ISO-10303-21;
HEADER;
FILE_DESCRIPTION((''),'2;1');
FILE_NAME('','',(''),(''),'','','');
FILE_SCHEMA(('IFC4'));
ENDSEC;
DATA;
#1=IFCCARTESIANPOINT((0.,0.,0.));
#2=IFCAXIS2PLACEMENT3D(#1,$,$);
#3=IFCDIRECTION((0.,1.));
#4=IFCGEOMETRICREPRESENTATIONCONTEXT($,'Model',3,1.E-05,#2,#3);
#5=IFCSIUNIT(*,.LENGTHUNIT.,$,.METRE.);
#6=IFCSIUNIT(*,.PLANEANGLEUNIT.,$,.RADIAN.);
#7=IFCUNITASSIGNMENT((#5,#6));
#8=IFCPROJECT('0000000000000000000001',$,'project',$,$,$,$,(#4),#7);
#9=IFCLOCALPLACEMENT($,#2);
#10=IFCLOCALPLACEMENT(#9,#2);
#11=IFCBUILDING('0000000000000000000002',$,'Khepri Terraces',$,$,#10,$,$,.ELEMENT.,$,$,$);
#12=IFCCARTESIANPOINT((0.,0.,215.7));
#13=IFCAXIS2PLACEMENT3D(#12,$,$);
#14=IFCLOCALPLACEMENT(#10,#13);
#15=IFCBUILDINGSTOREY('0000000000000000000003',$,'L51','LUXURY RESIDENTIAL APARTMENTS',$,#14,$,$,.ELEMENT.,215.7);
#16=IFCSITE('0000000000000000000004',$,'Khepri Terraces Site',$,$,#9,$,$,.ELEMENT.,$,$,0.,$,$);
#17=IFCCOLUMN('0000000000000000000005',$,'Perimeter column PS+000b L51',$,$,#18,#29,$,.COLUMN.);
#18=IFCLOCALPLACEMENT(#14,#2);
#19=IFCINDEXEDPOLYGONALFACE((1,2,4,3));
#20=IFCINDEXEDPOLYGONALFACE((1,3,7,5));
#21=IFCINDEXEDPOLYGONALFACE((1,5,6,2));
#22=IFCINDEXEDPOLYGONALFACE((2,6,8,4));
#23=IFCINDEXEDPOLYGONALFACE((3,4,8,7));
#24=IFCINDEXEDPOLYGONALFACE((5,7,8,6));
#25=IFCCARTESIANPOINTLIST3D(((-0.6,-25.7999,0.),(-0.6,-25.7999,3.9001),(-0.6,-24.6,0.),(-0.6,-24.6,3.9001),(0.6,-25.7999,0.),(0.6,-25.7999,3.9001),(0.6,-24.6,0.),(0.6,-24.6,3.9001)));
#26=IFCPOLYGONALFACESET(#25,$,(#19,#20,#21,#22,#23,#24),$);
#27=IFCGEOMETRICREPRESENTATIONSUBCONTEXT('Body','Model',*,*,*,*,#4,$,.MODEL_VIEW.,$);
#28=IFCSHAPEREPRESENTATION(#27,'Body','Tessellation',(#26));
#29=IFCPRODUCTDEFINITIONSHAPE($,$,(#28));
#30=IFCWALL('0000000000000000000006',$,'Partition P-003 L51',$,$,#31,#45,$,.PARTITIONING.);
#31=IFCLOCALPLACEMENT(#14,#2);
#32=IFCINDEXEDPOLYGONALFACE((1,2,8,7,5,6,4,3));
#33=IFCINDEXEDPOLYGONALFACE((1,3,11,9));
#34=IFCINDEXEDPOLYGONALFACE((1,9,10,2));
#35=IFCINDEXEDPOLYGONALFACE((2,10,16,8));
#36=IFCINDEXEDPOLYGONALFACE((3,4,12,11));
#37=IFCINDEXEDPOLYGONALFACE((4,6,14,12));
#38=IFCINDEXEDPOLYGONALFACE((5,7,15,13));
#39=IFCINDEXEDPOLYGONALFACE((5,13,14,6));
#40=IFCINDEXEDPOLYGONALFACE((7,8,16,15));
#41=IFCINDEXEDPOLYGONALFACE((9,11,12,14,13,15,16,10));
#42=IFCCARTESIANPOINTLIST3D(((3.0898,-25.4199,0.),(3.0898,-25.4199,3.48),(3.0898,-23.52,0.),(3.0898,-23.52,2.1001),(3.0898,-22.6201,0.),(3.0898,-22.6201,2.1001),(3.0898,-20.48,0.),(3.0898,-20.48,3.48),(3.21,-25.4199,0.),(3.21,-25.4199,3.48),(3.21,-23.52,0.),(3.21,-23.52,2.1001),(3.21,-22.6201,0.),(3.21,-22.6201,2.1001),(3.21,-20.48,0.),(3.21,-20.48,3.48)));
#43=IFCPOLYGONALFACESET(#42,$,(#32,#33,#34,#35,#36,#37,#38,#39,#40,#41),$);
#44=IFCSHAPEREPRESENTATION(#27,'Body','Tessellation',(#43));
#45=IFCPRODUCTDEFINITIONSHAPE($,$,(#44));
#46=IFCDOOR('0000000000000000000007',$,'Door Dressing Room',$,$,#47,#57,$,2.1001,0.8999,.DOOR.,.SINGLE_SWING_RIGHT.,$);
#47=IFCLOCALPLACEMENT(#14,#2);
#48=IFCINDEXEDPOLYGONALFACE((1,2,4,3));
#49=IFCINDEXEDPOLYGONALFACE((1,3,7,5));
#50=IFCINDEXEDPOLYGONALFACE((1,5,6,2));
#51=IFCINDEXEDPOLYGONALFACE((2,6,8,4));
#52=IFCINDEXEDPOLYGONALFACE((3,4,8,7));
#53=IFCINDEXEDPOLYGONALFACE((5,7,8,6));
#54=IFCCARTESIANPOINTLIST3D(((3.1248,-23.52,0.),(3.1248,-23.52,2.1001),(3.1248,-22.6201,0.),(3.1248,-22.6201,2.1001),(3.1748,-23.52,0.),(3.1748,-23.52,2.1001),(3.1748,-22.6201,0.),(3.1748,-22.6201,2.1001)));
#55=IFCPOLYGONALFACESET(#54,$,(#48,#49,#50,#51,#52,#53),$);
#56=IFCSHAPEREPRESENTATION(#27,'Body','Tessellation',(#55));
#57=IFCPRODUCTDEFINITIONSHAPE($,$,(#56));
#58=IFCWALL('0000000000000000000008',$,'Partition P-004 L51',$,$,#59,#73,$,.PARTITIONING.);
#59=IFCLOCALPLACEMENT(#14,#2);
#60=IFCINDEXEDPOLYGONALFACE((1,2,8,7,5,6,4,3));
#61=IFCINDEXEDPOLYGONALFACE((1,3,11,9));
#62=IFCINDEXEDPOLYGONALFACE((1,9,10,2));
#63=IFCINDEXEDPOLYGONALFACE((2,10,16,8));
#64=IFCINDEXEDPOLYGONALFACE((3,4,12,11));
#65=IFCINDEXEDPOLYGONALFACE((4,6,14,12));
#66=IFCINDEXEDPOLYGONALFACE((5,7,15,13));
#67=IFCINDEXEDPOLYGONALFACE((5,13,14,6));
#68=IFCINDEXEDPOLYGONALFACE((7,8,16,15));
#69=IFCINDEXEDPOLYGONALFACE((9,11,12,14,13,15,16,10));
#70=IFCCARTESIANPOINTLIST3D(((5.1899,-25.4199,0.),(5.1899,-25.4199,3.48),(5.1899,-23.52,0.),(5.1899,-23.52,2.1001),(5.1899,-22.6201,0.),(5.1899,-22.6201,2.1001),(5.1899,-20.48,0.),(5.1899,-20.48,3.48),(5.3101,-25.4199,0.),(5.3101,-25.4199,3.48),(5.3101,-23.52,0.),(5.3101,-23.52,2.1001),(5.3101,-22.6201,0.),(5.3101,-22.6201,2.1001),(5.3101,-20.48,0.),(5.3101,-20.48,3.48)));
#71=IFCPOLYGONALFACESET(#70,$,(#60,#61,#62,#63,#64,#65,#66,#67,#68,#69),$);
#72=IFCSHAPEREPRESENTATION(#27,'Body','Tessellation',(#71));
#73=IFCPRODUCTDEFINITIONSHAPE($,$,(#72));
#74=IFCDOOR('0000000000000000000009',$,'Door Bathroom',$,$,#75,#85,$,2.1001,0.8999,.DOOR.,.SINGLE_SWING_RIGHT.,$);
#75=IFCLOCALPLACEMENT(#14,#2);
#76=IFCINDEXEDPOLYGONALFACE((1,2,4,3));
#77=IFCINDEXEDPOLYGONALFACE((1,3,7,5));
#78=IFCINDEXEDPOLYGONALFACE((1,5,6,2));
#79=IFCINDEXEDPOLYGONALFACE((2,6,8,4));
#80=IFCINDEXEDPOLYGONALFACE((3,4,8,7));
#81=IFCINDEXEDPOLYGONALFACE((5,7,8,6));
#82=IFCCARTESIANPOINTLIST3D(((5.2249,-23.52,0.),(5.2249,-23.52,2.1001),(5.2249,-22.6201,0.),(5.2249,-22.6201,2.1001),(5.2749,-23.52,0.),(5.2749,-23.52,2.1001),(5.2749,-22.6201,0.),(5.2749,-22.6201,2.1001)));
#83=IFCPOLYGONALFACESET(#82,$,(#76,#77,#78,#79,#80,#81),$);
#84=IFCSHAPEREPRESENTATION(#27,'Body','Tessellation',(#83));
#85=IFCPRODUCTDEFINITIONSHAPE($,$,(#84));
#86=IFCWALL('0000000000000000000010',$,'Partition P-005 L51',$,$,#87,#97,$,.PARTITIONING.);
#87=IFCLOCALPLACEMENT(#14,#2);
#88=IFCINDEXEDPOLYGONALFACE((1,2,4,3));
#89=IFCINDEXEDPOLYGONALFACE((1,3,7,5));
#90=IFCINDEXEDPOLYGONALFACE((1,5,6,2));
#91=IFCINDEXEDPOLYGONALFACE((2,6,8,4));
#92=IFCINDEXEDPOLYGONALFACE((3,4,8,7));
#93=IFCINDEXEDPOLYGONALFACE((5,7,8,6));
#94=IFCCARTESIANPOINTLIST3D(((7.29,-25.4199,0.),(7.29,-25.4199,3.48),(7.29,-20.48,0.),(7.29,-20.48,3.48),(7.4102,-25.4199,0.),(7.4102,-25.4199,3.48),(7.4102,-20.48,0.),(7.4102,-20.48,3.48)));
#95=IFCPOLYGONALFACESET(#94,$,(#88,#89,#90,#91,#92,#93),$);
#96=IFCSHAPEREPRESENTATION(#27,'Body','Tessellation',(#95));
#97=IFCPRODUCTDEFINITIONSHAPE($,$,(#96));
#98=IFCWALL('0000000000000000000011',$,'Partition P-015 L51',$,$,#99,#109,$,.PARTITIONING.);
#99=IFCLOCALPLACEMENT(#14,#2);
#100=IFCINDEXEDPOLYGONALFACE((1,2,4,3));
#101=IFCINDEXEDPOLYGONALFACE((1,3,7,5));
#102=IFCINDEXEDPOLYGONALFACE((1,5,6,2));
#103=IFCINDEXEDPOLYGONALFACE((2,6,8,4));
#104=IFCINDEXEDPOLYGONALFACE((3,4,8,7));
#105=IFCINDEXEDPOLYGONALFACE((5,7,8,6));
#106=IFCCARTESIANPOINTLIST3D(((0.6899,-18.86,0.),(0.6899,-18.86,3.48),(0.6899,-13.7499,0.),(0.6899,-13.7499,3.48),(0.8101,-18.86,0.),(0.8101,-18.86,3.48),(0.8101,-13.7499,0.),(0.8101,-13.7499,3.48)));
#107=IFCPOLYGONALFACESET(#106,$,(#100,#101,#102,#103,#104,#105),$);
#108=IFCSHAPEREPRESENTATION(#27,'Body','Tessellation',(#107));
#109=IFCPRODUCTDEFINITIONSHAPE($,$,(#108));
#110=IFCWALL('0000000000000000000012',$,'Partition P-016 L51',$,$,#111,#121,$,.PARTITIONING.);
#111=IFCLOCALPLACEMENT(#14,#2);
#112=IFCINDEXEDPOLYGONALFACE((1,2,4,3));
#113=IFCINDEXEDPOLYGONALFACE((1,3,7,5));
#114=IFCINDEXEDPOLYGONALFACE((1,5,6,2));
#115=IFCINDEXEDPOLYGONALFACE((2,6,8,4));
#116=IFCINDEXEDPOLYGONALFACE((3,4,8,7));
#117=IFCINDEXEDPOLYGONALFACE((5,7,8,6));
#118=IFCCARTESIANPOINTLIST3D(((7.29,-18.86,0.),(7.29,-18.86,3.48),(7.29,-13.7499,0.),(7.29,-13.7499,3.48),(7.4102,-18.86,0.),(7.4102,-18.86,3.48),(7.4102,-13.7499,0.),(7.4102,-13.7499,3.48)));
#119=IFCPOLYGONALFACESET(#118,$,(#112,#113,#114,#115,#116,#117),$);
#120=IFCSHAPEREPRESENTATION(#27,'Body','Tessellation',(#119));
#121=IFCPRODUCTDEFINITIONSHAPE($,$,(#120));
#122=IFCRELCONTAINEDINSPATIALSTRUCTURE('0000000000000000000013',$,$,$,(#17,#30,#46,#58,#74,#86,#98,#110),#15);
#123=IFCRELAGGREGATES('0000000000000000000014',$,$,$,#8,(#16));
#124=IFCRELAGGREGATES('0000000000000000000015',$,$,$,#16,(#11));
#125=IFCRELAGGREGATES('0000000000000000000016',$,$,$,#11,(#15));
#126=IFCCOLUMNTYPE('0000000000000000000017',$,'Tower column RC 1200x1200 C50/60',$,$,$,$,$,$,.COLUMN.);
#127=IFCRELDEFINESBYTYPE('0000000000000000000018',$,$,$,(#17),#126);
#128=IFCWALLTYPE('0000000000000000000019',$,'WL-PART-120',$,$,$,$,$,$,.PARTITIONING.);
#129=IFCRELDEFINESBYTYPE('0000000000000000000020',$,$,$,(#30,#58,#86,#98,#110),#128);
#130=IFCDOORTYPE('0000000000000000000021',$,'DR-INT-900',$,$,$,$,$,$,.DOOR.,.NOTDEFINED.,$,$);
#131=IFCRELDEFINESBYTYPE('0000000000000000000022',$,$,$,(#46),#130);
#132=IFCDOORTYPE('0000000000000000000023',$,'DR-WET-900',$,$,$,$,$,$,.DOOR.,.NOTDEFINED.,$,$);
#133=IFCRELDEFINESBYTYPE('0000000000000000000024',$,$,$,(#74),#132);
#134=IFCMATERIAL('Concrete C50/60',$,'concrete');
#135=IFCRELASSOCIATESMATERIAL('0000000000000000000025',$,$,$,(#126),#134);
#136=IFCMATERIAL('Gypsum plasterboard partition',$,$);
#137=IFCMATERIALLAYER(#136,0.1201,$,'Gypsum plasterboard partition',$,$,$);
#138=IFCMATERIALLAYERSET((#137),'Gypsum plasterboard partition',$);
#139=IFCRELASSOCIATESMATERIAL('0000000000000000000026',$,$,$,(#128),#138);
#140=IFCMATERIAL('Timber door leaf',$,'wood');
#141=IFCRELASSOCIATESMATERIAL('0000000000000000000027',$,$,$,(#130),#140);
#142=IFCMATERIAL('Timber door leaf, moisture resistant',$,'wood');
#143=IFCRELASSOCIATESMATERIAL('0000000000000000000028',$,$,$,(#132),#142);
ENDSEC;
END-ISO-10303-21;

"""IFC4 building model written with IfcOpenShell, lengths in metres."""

from ifc_helpers import new_model, si_unit, direction, frame, frame_2d, origin, origin_2d, place, context, subcontext, project, spatial, rectangle, extrude, material, layer, layer_set, material_profile, profile_set, type_object, element, fill, save


model = new_model("IFC4")

# Units and contexts
model_context = context("Model", 3, precision=1e-05, world=origin(), true_north=direction((0.0, 1.0)))
body_context = subcontext(model_context, "Body", "Model", "MODEL_VIEW")
ifc_project = project(units=[si_unit("LENGTHUNIT", "METRE"), si_unit("PLANEANGLEUNIT", "RADIAN")], contexts=[model_context])

# Site, building, storey
site_placement = place(None, origin())
site = spatial("IfcSite", under=ifc_project, at=site_placement, Name="Khepri Terraces Site", CompositionType="ELEMENT", RefElevation=0.0)
building_placement = place(site_placement, origin())
building = spatial("IfcBuilding", under=site, at=building_placement, Name="Khepri Terraces", CompositionType="ELEMENT")
storey_placement = place(building_placement, frame((0.0, 0.0, 215.7)))
storey = spatial("IfcBuildingStorey", under=building, at=storey_placement, Name="L51", Description="LUXURY RESIDENTIAL APARTMENTS", CompositionType="ELEMENT", Elevation=215.7)

# Column
ifc_material_1 = material(Name="Concrete C50/60", Category="concrete")
ifc_material_profile = material_profile(ifc_material_1, rectangle(XDim=1.2, YDim=1.2, at=origin_2d()), Name="Concrete C50/60", Category="concrete")
ifc_profile_set = profile_set([ifc_material_profile], Name="Concrete C50/60")
column_type = type_object("IfcColumnType", Name="Tower column RC 1200x1200 C50/60", PredefinedType="COLUMN", material=ifc_profile_set)
column_placement = place(storey_placement, frame((0.0, -25.2, 0.0), z_axis=(0.0, 0.0, 1.0), x_axis=(1.0, 0.0, 0.0)))
element("IfcColumn", 1, at=column_placement, inside=storey, type_object=column_type, Name="Perimeter column PS+000b L51", PredefinedType="COLUMN", context=body_context, shape_type="SweptSolid", body=[
    extrude(rectangle(XDim=1.2, YDim=1.2, at=origin_2d()), origin(), (0.0, 0.0, 1.0), 3.9001),
])

# Walls, openings, doors
ifc_material_2 = material(Name="Gypsum plasterboard partition")
ifc_layer_1 = layer(ifc_material_2, 0.1201, Name="Gypsum plasterboard partition")
ifc_layer_set_1 = layer_set([ifc_layer_1], Name="Gypsum plasterboard partition")
wall_type_1 = type_object("IfcWallType", Name="WL-PART-120", PredefinedType="PARTITIONING", material=ifc_layer_set_1)
wall_1_placement = place(storey_placement, frame((3.1499, -25.4199, 0.0), z_axis=(0.0, 0.0, 1.0), x_axis=(0.0, 1.0, 0.0)))
wall_1 = element("IfcWall", 2, at=wall_1_placement, inside=storey, type_object=wall_type_1, Name="Partition P-003 L51", PredefinedType="PARTITIONING", context=body_context, shape_type="SweptSolid", body=[
    extrude(rectangle(XDim=4.9399, YDim=0.1201, at=frame_2d((2.47, 0.0))), origin(), (0.0, 0.0, 1.0), 3.48),
])
opening_1_placement = place(wall_1_placement, frame((1.8999, 0.0, 0.0)))
opening_1 = element("IfcOpeningElement", 3, at=opening_1_placement, cuts=wall_1, PredefinedType="OPENING", context=body_context, shape_type="SweptSolid", body=[
    extrude(rectangle(XDim=0.8999, YDim=2.1001, at=frame_2d((0.45, 1.05))), frame((0.0, 0.0701, 0.0), z_axis=(0.0, -1.0, 0.0), x_axis=(1.0, 0.0, 0.0)), (0.0, 0.0, 1.0), 0.1401),
])
ifc_material_3 = material(Name="Timber door leaf", Category="wood")
door_type_1 = type_object("IfcDoorType", Name="DR-INT-900", OperationType="NOTDEFINED", PredefinedType="DOOR", material=ifc_material_3)
door_1_placement = place(opening_1_placement, frame((0.8999, 0.0, 0.0), z_axis=(0.0, 0.0, 1.0), x_axis=(-1.0, 0.0, 0.0)))
door_1 = element("IfcDoor", 4, at=door_1_placement, inside=storey, type_object=door_type_1, Name="Door Dressing Room", OperationType="SINGLE_SWING_RIGHT", OverallHeight=2.1001, OverallWidth=0.8999, PredefinedType="DOOR", context=body_context, shape_type="SweptSolid", body=[
    extrude(rectangle(XDim=0.8999, YDim=2.1001, at=frame_2d((0.45, 1.05))), frame((0.0, 0.0249, 0.0), z_axis=(0.0, -1.0, 0.0), x_axis=(1.0, 0.0, 0.0)), (0.0, 0.0, 1.0), 0.05),
])
fill(opening_1, door_1)
wall_2_placement = place(storey_placement, frame((5.25, -25.4199, 0.0), z_axis=(0.0, 0.0, 1.0), x_axis=(0.0, 1.0, 0.0)))
wall_2 = element("IfcWall", 5, at=wall_2_placement, inside=storey, type_object=wall_type_1, Name="Partition P-004 L51", PredefinedType="PARTITIONING", context=body_context, shape_type="SweptSolid", body=[
    extrude(rectangle(XDim=4.9399, YDim=0.1201, at=frame_2d((2.47, 0.0))), origin(), (0.0, 0.0, 1.0), 3.48),
])
opening_2_placement = place(wall_2_placement, frame((1.8999, 0.0, 0.0)))
opening_2 = element("IfcOpeningElement", 6, at=opening_2_placement, cuts=wall_2, PredefinedType="OPENING", context=body_context, shape_type="SweptSolid", body=[
    extrude(rectangle(XDim=0.8999, YDim=2.1001, at=frame_2d((0.45, 1.05))), frame((0.0, 0.0701, 0.0), z_axis=(0.0, -1.0, 0.0), x_axis=(1.0, 0.0, 0.0)), (0.0, 0.0, 1.0), 0.1401),
])
ifc_material_4 = material(Name="Timber door leaf, moisture resistant", Category="wood")
door_type_2 = type_object("IfcDoorType", Name="DR-WET-900", OperationType="NOTDEFINED", PredefinedType="DOOR", material=ifc_material_4)
door_2_placement = place(opening_2_placement, frame((0.8999, 0.0, 0.0), z_axis=(0.0, 0.0, 1.0), x_axis=(-1.0, 0.0, 0.0)))
door_2 = element("IfcDoor", 7, at=door_2_placement, inside=storey, type_object=door_type_2, Name="Door Bathroom", OperationType="SINGLE_SWING_RIGHT", OverallHeight=2.1001, OverallWidth=0.8999, PredefinedType="DOOR", context=body_context, shape_type="SweptSolid", body=[
    extrude(rectangle(XDim=0.8999, YDim=2.1001, at=frame_2d((0.45, 1.05))), frame((0.0, 0.0249, 0.0), z_axis=(0.0, -1.0, 0.0), x_axis=(1.0, 0.0, 0.0)), (0.0, 0.0, 1.0), 0.05),
])
fill(opening_2, door_2)

# Walls
wall_3_placement = place(storey_placement, frame((7.3501, -25.4199, 0.0), z_axis=(0.0, 0.0, 1.0), x_axis=(0.0, 1.0, 0.0)))
element("IfcWall", 8, at=wall_3_placement, inside=storey, type_object=wall_type_1, Name="Partition P-005 L51", PredefinedType="PARTITIONING", context=body_context, shape_type="SweptSolid", body=[
    extrude(rectangle(XDim=4.9399, YDim=0.1201, at=frame_2d((2.47, 0.0))), origin(), (0.0, 0.0, 1.0), 3.48),
])
for number, where, z_axis, x_axis, name in (
    (9, (0.75, -18.8601, 0.0), (0.0, 0.0, 1.0), (0.0, 1.0, 0.0), "Partition P-015 L51"),
    (10, (7.3501, -18.8601, 0.0), (0.0, 0.0, 1.0), (0.0, 1.0, 0.0), "Partition P-016 L51"),
):
    element("IfcWall", number, at=place(storey_placement, frame(where, z_axis=z_axis, x_axis=x_axis)), inside=storey, type_object=wall_type_1, Name=name, PredefinedType="PARTITIONING", context=body_context, shape_type="SweptSolid", body=[
        extrude(rectangle(XDim=5.1101, YDim=0.1201, at=frame_2d((2.5552, 0.0))), origin(), (0.0, 0.0, 1.0), 3.48),
    ])

save(model, "model.ifc")
